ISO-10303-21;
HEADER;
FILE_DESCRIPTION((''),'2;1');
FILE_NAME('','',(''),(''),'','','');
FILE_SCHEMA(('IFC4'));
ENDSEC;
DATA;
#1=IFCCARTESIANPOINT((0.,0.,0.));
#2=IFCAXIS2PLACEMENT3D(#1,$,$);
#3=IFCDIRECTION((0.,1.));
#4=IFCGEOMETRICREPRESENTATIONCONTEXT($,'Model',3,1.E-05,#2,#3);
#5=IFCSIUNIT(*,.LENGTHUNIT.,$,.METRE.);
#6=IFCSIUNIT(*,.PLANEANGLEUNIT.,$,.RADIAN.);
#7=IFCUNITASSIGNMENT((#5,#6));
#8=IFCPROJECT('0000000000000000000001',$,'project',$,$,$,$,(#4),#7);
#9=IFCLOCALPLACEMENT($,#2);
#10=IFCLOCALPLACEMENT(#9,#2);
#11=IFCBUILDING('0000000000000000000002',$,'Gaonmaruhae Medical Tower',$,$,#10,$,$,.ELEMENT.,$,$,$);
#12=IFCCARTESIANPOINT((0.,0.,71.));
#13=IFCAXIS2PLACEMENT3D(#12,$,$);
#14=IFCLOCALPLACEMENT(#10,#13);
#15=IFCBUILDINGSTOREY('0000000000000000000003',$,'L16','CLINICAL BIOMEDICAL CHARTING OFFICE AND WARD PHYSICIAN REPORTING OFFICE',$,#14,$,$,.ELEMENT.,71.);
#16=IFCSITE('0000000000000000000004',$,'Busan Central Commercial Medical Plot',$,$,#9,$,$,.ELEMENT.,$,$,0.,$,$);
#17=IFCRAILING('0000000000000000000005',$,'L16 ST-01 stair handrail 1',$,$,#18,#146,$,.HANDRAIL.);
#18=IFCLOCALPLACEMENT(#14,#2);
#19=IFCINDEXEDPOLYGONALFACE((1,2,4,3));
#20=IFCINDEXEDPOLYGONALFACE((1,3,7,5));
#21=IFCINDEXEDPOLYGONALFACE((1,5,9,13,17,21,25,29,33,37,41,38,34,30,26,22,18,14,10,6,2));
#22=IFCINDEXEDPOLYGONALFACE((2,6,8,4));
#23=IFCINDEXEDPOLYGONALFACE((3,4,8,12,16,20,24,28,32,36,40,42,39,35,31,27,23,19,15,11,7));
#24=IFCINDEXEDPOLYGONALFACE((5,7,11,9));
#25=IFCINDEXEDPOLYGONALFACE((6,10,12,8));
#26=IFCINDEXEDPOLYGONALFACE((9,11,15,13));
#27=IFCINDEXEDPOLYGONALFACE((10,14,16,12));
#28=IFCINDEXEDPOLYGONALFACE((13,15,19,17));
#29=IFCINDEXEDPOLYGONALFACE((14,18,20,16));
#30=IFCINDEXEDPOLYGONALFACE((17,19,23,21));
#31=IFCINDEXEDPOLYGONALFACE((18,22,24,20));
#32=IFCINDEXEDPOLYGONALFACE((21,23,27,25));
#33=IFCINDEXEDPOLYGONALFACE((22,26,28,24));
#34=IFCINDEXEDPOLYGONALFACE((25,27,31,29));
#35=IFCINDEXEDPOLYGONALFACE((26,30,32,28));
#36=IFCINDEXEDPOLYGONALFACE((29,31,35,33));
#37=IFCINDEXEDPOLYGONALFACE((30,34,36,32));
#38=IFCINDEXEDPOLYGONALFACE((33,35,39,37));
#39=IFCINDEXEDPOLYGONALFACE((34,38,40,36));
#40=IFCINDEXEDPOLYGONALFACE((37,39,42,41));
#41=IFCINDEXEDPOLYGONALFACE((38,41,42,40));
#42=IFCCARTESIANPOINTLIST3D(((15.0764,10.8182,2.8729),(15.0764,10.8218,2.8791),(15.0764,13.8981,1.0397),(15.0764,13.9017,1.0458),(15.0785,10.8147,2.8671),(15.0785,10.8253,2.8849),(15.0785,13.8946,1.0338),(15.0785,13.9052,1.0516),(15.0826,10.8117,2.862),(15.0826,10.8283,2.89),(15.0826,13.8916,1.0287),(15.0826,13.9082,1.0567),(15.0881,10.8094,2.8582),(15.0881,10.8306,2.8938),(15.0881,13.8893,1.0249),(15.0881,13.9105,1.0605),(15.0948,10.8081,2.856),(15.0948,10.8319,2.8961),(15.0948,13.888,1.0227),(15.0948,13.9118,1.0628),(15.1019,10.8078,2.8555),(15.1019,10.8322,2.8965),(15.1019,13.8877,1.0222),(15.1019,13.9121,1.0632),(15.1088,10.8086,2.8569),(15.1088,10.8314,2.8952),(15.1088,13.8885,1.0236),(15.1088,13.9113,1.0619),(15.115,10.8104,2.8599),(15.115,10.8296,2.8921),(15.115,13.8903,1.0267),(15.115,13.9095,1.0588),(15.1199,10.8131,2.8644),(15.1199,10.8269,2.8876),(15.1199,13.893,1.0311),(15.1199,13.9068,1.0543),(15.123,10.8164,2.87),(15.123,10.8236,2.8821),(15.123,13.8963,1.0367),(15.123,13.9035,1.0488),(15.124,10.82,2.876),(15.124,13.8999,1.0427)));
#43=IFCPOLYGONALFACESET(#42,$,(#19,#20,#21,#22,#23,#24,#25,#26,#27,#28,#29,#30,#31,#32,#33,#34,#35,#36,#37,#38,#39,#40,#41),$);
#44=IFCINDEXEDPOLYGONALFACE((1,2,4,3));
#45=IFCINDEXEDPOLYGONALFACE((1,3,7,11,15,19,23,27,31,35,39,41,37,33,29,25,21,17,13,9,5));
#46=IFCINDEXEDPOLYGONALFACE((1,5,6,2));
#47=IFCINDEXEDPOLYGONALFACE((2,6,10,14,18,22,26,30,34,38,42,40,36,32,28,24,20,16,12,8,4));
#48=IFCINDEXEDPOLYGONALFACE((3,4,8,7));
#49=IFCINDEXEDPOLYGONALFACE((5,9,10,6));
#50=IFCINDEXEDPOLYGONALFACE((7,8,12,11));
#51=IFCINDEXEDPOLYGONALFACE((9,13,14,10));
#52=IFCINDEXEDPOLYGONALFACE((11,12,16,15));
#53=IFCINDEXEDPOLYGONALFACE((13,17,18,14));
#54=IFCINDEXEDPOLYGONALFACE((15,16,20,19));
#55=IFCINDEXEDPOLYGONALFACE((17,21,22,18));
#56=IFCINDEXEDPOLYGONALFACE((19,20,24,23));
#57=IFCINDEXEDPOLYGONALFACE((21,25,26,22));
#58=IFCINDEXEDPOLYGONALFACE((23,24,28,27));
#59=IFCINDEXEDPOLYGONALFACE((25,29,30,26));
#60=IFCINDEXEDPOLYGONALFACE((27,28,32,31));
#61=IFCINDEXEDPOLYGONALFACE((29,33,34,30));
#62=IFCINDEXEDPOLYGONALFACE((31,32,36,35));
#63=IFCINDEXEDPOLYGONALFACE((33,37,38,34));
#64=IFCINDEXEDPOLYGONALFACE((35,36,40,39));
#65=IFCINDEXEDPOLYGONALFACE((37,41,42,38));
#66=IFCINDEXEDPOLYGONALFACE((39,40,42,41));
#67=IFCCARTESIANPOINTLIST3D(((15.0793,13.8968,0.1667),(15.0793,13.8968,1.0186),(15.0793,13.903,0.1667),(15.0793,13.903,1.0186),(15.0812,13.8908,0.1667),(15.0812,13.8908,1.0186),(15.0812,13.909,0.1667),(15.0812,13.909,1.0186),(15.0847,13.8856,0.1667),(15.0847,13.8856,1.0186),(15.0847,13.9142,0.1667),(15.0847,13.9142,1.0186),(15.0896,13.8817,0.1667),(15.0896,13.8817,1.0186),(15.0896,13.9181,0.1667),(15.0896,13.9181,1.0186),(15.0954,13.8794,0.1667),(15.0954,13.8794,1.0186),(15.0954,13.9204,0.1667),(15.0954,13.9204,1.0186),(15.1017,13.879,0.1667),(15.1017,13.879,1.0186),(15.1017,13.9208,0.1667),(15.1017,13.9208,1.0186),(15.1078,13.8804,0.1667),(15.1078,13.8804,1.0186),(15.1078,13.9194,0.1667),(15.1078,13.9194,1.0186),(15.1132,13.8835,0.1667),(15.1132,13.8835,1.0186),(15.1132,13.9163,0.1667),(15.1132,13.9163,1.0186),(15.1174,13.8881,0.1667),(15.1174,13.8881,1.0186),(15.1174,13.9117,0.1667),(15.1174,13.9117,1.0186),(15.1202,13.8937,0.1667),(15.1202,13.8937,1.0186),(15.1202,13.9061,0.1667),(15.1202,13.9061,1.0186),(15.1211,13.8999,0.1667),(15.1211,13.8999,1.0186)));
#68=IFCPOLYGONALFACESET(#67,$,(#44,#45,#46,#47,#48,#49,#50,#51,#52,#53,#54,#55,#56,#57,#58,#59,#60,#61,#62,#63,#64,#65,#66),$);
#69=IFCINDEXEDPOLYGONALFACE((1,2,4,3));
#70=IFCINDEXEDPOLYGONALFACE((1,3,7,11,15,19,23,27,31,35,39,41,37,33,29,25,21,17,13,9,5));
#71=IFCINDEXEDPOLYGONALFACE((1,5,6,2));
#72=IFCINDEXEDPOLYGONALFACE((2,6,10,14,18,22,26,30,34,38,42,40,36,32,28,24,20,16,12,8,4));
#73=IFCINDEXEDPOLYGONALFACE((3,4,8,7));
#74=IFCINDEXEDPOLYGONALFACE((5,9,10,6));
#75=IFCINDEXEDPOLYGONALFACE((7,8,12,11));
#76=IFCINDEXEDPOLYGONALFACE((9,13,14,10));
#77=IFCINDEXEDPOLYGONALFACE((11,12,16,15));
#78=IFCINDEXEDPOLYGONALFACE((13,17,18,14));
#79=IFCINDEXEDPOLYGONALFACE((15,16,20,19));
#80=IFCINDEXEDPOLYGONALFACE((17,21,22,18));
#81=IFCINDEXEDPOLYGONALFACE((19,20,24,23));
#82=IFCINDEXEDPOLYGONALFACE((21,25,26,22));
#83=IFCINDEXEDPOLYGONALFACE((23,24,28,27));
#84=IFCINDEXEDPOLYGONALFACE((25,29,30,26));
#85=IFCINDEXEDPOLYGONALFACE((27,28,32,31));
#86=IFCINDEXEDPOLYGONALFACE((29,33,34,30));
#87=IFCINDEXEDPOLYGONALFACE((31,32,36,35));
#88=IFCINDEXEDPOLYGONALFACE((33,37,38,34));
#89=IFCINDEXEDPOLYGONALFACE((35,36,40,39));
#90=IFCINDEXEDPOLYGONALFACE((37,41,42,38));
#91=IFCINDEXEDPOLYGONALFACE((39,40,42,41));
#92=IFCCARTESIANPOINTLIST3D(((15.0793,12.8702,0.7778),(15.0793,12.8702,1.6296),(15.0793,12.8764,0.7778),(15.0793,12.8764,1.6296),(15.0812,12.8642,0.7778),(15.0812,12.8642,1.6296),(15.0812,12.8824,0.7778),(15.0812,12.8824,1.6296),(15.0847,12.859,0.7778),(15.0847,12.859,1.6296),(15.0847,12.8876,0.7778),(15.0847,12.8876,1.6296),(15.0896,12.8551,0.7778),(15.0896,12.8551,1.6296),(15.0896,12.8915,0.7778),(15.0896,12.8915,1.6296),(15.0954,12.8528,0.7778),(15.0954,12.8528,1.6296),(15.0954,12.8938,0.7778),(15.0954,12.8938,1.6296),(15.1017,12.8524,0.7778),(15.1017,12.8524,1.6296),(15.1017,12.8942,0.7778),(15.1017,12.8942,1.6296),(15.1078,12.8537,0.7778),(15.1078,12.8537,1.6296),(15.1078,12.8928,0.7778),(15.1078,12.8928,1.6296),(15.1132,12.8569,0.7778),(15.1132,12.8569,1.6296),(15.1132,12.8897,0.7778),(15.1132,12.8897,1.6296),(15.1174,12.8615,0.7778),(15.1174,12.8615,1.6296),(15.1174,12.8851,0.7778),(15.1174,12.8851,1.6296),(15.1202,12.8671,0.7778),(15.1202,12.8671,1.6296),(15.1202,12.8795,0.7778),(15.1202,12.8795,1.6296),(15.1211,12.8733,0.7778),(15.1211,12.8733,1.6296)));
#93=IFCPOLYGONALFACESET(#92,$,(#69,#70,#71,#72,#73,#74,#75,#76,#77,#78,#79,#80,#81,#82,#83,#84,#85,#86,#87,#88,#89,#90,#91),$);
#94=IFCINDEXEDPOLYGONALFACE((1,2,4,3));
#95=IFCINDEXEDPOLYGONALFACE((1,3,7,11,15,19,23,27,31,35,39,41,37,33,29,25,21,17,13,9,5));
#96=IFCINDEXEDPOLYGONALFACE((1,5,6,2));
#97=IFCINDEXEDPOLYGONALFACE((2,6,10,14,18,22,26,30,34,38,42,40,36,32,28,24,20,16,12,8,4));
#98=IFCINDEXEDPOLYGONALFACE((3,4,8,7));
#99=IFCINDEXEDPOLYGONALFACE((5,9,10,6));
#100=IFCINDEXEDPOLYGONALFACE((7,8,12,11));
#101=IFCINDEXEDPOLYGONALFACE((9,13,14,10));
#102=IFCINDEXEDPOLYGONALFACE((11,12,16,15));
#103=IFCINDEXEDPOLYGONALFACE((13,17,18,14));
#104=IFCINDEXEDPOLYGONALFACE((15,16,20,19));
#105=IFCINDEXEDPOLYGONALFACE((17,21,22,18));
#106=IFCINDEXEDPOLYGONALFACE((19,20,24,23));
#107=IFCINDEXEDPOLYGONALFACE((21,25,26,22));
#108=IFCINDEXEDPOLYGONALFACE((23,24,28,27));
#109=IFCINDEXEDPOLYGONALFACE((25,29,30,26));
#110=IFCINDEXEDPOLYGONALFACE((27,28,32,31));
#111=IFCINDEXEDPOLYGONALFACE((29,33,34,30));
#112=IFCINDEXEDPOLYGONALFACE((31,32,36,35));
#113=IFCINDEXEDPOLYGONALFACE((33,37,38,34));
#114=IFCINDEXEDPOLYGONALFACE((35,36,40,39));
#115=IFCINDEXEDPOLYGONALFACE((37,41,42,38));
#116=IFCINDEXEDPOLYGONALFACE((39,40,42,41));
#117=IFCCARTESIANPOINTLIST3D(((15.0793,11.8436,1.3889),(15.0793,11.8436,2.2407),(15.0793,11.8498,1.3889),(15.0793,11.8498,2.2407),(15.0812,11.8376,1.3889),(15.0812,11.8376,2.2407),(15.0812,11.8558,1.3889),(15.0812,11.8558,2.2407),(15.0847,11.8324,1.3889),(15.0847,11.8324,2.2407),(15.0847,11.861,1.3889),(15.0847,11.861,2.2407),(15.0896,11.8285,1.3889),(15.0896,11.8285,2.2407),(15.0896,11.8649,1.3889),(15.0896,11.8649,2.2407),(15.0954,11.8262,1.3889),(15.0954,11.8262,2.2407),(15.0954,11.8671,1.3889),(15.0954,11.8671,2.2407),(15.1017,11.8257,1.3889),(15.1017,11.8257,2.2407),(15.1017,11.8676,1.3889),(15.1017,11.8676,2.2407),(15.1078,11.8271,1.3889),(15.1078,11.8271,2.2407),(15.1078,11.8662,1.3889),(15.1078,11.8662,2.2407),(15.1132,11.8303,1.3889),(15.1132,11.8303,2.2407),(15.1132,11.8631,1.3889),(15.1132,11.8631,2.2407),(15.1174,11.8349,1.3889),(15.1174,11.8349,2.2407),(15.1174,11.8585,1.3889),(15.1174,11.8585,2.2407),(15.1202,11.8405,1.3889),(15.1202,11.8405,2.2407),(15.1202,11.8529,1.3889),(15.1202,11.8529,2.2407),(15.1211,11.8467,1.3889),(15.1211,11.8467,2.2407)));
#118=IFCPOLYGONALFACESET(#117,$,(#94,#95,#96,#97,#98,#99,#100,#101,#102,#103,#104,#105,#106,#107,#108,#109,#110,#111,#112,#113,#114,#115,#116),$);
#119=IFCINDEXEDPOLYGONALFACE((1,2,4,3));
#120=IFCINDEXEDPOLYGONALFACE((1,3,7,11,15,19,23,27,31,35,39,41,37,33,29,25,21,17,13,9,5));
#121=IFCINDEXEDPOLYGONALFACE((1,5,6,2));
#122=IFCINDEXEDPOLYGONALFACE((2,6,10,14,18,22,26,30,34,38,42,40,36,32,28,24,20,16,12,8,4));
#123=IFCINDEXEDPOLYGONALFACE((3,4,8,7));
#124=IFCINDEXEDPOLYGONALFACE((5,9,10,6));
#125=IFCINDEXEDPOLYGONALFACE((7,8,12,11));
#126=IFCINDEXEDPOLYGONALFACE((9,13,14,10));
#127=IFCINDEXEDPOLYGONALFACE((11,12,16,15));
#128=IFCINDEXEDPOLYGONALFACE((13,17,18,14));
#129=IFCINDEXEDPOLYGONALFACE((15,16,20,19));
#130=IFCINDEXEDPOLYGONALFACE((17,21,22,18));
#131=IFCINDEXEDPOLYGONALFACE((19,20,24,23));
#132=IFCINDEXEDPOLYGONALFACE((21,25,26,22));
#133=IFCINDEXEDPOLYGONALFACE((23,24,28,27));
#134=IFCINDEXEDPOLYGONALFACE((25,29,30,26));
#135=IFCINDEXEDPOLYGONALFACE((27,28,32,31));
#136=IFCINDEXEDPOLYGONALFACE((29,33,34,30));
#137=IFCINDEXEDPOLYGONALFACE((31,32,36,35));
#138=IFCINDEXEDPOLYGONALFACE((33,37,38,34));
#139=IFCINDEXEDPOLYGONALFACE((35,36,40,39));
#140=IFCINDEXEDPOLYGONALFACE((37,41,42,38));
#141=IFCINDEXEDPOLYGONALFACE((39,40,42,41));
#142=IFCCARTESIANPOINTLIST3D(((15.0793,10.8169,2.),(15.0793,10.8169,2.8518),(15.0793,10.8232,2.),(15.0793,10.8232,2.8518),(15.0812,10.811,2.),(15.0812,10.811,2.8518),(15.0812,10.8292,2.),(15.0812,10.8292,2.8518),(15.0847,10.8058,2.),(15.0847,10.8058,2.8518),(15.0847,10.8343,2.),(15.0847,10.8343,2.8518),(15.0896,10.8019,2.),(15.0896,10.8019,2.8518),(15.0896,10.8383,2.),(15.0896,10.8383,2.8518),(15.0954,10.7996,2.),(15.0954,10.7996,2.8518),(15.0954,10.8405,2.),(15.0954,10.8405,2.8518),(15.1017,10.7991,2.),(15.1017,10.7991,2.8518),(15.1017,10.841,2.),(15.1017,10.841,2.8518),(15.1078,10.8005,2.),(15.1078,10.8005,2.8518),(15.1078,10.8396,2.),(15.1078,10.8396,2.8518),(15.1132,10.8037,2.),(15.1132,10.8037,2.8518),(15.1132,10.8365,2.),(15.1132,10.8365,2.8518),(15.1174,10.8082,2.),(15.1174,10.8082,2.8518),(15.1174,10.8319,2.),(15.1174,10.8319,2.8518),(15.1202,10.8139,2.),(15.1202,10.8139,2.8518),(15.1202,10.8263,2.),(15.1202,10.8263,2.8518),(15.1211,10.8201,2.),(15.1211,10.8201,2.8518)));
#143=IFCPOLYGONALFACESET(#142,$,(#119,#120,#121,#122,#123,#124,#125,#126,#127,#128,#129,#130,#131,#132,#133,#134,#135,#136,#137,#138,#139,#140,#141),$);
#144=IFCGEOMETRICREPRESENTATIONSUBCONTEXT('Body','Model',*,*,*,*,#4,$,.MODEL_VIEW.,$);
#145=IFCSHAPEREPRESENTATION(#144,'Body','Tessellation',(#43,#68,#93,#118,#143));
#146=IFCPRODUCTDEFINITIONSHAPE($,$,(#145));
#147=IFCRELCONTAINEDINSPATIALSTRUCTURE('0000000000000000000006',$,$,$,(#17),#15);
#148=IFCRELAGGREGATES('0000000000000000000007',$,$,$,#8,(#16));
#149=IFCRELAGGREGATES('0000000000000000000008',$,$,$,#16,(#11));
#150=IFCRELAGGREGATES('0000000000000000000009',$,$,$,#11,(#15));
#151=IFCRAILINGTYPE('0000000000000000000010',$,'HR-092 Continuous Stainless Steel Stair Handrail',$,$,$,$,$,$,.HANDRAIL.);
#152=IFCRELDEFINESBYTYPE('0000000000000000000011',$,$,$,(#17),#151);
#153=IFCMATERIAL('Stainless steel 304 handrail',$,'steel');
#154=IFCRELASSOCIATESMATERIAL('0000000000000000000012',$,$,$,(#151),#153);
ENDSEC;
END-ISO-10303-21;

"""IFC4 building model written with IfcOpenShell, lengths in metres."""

from ifc_helpers import new_model, si_unit, direction, frame, origin, origin_2d, place, context, subcontext, project, spatial, circle, extrude, material, type_object, element, save


model = new_model("IFC4")

# Units and contexts
model_context = context("Model", 3, precision=1e-05, world=origin(), true_north=direction((0.0, 1.0)))
body_context = subcontext(model_context, "Body", "Model", "MODEL_VIEW")
ifc_project = project(units=[si_unit("LENGTHUNIT", "METRE"), si_unit("PLANEANGLEUNIT", "RADIAN")], contexts=[model_context])

# Site, building, storey
site_placement = place(None, origin())
site = spatial("IfcSite", under=ifc_project, at=site_placement, Name="Busan Central Commercial Medical Plot", CompositionType="ELEMENT", RefElevation=0.0)
building_placement = place(site_placement, origin())
building = spatial("IfcBuilding", under=site, at=building_placement, Name="Gaonmaruhae Medical Tower", CompositionType="ELEMENT")
storey_placement = place(building_placement, frame((0.0, 0.0, 71.0)))
storey = spatial("IfcBuildingStorey", under=building, at=storey_placement, Name="L16", Description="CLINICAL BIOMEDICAL CHARTING OFFICE AND WARD PHYSICIAN REPORTING OFFICE", CompositionType="ELEMENT", Elevation=71.0)

# Railing
ifc_material_1 = material(Name="Stainless steel 304 handrail", Category="steel")
railing_type_1 = type_object("IfcRailingType", Name="HR-092 Continuous Stainless Steel Stair Handrail", PredefinedType="HANDRAIL", material=ifc_material_1)
railing_1_placement = place(storey_placement, frame((15.1001, 13.8999, 0.1667)))
element("IfcRailing", 1, at=railing_1_placement, inside=storey, type_object=railing_type_1, Name="L16 ST-01 stair handrail 1", PredefinedType="HANDRAIL", context=body_context, shape_type="SweptSolid", body=[
    extrude(circle(Radius=0.0239, at=origin_2d()), frame((0.0, 0.0, 0.876), z_axis=(0.0, -0.859291, 0.511487), x_axis=(1.0, 0.0, 0.0)), (0.0, 0.0, 1.0), 3.5842),
    extrude(circle(Radius=0.021, at=origin_2d()), origin(), (0.0, 0.0, 1.0), 0.8518),
    extrude(circle(Radius=0.021, at=origin_2d()), frame((0.0, -1.0266, 0.6111)), (0.0, 0.0, 1.0), 0.8518),
    extrude(circle(Radius=0.021, at=origin_2d()), frame((0.0, -2.0532, 1.2222)), (0.0, 0.0, 1.0), 0.8518),
    extrude(circle(Radius=0.021, at=origin_2d()), frame((0.0, -3.0798, 1.8333)), (0.0, 0.0, 1.0), 0.8518),
])

save(model, "model.ifc")
